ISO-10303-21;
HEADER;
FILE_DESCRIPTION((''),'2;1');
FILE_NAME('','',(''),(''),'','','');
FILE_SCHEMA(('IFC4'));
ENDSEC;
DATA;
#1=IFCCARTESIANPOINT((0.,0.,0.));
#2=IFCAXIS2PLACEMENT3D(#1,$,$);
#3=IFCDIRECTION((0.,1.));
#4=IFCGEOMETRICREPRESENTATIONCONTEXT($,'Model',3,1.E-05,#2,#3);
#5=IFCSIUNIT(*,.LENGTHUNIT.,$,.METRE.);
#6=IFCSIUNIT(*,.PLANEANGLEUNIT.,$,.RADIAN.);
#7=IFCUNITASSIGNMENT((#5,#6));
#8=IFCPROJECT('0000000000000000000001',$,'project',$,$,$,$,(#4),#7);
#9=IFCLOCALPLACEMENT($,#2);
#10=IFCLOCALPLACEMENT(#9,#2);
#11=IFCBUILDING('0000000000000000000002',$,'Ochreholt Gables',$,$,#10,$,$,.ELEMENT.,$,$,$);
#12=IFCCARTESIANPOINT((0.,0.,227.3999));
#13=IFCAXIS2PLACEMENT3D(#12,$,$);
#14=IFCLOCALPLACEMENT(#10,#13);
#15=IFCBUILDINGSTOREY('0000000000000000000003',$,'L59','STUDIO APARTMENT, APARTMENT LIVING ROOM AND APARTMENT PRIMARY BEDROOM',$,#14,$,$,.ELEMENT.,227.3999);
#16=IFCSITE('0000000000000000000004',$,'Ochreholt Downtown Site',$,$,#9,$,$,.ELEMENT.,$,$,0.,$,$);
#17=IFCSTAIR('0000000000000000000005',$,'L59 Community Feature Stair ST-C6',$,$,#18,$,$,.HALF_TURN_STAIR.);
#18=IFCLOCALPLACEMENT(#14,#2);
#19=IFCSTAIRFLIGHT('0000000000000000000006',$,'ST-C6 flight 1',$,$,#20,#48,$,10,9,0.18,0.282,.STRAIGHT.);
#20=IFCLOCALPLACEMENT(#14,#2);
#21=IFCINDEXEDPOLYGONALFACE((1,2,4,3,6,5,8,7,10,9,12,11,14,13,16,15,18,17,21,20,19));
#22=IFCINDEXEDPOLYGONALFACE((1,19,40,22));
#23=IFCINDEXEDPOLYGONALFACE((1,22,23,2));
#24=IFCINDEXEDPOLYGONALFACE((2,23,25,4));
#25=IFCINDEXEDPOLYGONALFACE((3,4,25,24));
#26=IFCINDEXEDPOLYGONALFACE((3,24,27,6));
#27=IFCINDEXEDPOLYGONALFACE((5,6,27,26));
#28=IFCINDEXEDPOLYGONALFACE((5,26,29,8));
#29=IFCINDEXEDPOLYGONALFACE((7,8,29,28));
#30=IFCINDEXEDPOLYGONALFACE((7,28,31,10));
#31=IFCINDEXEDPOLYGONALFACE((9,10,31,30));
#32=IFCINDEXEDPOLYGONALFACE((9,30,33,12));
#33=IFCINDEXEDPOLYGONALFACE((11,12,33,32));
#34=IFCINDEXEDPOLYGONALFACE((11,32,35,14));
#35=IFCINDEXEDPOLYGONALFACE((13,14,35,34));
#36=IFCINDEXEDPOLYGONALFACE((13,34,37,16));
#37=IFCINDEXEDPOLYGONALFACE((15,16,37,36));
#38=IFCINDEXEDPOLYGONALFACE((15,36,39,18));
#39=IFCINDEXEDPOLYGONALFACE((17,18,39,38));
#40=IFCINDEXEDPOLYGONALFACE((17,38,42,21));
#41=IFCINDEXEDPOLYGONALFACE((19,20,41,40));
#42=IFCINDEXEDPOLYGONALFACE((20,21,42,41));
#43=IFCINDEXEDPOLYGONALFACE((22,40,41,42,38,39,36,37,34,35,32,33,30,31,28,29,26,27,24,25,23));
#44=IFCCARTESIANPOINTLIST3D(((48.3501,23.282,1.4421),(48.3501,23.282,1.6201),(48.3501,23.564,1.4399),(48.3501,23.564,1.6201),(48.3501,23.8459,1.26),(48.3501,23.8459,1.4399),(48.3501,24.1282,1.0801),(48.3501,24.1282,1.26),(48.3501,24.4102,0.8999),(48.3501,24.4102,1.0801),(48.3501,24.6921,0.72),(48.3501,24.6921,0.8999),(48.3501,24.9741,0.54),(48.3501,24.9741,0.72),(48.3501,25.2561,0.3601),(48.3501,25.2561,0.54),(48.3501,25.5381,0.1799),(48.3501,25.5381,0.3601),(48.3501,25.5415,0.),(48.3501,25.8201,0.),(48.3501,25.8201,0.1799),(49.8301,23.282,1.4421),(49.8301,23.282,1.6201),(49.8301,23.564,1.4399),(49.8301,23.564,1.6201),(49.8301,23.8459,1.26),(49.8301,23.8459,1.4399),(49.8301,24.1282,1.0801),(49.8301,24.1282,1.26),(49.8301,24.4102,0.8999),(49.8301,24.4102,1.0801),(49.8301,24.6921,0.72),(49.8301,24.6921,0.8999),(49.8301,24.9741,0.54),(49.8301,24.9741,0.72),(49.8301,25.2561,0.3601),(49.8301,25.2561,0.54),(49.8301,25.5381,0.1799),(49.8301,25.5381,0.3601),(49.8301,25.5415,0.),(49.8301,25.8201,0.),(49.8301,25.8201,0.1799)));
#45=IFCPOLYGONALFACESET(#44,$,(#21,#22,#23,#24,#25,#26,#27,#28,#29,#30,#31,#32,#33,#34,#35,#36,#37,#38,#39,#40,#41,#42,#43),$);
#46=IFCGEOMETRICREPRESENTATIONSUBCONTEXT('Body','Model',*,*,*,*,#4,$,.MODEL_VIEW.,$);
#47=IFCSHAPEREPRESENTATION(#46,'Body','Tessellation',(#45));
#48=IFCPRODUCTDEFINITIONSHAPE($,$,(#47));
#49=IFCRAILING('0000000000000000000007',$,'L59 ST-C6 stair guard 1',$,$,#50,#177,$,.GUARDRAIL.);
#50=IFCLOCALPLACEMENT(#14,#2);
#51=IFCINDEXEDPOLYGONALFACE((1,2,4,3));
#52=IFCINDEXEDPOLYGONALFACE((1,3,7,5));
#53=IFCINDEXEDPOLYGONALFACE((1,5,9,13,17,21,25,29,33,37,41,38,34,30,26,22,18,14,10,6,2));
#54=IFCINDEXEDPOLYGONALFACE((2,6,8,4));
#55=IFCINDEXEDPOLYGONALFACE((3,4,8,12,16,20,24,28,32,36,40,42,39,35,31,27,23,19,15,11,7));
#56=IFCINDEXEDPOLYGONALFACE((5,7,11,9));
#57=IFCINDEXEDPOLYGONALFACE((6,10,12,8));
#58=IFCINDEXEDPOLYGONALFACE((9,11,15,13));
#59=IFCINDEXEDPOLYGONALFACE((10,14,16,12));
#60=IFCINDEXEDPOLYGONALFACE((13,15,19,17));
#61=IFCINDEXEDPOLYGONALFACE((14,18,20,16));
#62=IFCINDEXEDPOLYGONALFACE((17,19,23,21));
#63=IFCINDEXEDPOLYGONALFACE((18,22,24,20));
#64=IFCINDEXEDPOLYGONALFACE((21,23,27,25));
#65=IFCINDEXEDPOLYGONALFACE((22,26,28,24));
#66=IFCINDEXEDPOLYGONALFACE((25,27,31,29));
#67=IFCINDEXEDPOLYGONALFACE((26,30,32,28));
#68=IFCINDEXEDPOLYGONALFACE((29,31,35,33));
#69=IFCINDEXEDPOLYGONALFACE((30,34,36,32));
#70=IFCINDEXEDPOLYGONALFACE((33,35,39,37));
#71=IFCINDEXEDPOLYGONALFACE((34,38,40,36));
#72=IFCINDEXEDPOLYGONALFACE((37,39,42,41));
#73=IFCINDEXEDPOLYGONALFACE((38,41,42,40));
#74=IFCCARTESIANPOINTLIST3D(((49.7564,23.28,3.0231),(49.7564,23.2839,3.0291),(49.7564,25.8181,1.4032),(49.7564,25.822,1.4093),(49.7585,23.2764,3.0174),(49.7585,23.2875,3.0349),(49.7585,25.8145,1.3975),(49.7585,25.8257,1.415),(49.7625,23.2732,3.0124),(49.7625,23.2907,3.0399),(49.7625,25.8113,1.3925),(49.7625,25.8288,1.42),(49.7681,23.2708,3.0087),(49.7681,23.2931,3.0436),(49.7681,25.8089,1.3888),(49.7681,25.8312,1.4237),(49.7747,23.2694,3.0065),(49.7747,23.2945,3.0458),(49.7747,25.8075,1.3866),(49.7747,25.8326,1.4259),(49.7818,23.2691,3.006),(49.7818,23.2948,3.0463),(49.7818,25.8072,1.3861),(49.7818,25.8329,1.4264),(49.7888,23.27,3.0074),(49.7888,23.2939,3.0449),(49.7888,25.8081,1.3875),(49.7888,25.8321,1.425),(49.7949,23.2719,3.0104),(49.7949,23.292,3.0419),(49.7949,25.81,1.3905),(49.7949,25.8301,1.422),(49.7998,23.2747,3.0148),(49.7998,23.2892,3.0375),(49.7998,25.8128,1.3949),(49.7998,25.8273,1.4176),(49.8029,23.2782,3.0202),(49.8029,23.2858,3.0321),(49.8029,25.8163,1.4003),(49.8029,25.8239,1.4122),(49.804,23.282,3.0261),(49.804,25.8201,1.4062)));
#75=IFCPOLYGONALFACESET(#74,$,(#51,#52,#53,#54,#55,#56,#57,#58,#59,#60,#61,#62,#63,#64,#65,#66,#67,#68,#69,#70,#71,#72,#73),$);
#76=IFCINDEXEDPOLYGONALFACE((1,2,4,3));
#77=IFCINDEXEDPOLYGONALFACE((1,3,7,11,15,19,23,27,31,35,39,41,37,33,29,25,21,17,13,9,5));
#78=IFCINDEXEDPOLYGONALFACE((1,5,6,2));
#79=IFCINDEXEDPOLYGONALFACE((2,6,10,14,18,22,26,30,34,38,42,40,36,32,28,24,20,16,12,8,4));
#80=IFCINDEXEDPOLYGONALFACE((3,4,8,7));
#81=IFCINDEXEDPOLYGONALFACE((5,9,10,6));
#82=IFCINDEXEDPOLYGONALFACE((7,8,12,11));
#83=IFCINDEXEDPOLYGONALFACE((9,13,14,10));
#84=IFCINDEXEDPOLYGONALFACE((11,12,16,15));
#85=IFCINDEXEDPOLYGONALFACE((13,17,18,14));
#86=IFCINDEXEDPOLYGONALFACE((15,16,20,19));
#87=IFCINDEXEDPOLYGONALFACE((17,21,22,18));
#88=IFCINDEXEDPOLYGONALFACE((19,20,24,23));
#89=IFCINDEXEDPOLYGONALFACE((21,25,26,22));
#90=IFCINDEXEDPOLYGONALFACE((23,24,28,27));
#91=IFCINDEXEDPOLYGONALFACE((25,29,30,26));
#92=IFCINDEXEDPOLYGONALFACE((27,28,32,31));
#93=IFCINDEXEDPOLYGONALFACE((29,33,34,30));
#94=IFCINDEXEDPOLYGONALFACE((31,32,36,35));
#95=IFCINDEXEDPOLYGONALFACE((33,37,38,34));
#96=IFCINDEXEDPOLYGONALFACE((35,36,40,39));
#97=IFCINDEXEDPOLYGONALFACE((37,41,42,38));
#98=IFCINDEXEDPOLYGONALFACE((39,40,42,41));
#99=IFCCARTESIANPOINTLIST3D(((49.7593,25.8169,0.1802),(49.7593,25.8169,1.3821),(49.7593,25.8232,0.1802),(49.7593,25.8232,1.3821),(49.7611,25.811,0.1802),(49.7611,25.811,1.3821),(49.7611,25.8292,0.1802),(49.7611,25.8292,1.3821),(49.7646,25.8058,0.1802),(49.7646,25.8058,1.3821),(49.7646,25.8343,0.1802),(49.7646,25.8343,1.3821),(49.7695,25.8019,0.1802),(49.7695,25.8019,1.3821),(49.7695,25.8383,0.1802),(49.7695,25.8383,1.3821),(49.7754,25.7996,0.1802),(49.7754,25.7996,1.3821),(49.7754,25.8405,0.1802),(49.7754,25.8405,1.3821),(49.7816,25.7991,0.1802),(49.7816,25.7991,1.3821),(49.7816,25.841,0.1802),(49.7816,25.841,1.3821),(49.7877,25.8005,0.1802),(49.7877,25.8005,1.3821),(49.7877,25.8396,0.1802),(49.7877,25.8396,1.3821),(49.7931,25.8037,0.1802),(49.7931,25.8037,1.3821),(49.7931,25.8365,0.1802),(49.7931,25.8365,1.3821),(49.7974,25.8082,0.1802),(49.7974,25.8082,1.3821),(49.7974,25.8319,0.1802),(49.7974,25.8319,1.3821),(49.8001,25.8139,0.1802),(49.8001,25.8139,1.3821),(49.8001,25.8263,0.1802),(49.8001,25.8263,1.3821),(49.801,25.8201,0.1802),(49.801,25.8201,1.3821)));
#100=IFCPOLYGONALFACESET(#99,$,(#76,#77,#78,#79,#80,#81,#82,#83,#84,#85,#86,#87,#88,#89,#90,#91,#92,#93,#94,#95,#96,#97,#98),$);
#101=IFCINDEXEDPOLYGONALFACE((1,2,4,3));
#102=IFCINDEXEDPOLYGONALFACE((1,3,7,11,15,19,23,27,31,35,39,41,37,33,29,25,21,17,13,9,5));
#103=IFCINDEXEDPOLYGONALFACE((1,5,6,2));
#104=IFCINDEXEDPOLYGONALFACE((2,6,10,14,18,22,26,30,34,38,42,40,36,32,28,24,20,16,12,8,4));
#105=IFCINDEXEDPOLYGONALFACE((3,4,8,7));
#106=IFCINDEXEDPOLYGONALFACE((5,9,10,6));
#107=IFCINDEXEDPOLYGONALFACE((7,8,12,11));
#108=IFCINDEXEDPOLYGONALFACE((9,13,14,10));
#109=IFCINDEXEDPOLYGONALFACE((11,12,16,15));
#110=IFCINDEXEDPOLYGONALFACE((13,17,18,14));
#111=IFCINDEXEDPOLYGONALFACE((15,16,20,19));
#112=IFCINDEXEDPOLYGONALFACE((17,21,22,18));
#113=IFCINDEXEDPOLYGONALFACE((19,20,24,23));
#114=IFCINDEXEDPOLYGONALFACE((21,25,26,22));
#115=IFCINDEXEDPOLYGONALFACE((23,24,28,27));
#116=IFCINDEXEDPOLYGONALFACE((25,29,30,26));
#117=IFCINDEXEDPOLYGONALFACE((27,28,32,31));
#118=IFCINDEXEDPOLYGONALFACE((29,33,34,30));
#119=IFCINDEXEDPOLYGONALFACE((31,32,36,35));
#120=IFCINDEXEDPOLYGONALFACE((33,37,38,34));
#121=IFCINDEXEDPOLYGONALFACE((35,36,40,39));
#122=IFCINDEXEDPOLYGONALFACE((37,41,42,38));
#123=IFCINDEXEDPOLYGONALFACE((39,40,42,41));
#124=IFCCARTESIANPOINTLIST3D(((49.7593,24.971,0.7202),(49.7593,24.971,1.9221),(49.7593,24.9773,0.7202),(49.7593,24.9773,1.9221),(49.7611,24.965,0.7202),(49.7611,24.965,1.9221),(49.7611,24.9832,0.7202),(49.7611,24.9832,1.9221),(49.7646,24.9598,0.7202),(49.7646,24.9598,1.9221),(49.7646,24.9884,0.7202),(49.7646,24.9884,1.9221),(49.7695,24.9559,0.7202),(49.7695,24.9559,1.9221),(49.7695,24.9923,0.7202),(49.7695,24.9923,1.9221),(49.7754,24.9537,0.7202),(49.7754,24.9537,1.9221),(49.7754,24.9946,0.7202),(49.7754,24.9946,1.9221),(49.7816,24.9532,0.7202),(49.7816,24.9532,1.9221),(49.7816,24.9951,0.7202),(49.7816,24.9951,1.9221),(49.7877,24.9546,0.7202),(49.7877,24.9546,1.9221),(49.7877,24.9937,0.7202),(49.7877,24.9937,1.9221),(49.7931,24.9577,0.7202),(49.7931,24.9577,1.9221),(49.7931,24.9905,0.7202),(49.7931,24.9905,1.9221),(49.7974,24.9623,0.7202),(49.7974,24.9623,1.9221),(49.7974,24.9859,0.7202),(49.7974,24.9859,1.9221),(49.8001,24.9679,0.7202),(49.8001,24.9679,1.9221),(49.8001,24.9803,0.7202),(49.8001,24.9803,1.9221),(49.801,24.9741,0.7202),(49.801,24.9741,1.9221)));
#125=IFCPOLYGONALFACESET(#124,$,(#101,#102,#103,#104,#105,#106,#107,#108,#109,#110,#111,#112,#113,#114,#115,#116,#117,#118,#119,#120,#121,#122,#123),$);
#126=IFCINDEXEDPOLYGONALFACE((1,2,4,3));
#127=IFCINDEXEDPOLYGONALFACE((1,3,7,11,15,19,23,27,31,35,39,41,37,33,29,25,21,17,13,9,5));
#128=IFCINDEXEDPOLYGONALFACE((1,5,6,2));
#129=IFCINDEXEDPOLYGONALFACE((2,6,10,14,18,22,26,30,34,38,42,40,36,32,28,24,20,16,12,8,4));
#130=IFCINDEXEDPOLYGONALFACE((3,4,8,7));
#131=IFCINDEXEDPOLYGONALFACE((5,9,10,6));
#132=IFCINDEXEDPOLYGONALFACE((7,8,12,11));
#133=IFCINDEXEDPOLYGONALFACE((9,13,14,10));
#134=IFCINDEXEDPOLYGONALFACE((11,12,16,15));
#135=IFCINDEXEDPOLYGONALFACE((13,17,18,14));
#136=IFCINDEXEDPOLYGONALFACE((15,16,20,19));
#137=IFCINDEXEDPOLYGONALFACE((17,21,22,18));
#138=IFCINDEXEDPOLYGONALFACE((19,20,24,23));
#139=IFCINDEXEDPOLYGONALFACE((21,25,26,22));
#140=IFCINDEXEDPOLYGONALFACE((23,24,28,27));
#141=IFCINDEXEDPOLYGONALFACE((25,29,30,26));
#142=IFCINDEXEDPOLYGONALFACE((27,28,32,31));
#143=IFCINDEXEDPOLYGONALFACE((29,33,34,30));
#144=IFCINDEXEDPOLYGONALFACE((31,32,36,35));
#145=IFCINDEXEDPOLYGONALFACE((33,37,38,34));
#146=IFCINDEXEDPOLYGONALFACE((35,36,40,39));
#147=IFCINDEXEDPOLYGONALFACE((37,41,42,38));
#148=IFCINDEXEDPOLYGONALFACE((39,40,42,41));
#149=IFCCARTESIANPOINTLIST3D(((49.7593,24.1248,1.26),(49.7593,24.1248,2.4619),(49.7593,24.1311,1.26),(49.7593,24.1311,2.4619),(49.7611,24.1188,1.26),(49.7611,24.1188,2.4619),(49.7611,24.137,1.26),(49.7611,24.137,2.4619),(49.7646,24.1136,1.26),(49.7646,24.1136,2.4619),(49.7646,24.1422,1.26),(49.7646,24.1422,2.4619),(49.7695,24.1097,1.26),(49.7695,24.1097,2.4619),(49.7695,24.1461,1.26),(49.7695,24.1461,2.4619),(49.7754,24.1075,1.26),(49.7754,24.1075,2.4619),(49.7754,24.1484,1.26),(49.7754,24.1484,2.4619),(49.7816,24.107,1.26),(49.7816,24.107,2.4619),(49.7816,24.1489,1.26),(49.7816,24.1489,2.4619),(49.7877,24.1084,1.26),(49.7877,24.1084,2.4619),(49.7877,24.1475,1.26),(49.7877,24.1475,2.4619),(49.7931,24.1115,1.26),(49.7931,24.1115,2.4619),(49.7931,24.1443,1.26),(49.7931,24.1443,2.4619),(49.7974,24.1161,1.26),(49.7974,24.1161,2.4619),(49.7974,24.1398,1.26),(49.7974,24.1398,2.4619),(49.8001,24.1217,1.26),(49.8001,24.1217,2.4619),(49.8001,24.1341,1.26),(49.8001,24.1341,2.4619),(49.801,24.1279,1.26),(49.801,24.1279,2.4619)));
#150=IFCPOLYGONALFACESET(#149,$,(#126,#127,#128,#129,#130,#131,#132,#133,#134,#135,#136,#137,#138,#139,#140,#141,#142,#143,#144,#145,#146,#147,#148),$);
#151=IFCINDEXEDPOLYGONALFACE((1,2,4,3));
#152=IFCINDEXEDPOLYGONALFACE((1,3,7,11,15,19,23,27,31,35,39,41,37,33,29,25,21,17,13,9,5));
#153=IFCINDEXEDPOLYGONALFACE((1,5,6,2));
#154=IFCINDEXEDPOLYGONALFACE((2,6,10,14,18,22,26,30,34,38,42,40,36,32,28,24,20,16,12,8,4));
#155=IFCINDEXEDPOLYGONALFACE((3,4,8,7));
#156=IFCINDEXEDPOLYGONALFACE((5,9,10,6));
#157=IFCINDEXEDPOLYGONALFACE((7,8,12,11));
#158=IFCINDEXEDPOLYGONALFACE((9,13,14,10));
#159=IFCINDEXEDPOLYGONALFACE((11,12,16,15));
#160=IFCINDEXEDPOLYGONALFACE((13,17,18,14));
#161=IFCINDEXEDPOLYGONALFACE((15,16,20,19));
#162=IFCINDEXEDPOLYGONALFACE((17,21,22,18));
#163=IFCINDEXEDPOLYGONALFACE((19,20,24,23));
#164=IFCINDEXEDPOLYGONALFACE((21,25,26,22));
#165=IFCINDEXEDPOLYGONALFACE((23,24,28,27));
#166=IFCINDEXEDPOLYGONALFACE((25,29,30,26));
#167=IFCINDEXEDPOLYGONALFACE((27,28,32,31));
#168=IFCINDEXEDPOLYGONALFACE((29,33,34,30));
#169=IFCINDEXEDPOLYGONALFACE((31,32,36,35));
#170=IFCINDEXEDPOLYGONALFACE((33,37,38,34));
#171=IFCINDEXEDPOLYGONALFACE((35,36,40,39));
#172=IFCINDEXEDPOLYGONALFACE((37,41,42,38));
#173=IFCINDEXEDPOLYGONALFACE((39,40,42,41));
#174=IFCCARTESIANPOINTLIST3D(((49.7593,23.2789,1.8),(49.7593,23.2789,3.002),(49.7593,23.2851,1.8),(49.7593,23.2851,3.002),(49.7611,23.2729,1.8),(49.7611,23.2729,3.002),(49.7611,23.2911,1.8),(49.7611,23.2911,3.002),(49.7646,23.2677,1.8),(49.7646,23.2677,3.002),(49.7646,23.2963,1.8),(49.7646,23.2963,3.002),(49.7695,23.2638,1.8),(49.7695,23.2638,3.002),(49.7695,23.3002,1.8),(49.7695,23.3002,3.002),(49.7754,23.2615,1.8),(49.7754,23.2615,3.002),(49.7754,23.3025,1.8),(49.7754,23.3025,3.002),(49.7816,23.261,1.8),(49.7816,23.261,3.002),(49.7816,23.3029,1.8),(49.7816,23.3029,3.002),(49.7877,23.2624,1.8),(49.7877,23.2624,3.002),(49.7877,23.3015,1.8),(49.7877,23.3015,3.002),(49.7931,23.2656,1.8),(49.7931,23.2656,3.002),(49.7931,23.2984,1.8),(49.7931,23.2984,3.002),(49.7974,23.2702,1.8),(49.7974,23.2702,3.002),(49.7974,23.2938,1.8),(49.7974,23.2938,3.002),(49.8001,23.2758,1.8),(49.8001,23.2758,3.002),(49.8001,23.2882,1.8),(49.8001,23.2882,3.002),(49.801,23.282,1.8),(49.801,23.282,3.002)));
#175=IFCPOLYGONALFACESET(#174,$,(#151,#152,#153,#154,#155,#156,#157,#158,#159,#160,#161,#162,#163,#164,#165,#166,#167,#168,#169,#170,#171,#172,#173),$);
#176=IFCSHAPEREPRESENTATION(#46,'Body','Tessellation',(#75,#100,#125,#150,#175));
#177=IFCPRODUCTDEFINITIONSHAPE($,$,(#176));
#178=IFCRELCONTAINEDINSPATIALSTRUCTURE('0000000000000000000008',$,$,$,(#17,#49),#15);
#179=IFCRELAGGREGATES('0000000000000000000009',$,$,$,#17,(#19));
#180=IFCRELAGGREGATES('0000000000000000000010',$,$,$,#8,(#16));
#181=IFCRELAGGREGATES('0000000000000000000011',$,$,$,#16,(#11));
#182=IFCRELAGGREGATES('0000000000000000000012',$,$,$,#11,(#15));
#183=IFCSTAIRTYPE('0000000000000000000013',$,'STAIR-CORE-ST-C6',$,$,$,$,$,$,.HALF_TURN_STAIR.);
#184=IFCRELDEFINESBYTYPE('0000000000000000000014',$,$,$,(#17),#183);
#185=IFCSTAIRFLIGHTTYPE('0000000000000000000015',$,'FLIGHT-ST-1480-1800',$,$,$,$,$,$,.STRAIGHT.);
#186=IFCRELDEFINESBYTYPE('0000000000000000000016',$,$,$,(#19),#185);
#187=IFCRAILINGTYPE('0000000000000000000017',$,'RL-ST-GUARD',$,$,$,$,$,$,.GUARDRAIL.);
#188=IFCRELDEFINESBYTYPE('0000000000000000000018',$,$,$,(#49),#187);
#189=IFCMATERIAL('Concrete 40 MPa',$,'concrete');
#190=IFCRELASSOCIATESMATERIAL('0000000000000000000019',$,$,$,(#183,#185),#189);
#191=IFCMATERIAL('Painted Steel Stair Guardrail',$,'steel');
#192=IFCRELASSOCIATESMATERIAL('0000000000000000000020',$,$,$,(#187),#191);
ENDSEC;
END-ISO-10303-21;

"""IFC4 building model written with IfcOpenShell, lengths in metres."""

from ifc_helpers import new_model, si_unit, direction, frame, origin, origin_2d, place, context, subcontext, project, spatial, polyline, circle, outline, extrude, material, type_object, element, aggregate, save


model = new_model("IFC4")

# Units and contexts
model_context = context("Model", 3, precision=1e-05, world=origin(), true_north=direction((0.0, 1.0)))
body_context = subcontext(model_context, "Body", "Model", "MODEL_VIEW")
ifc_project = project(units=[si_unit("LENGTHUNIT", "METRE"), si_unit("PLANEANGLEUNIT", "RADIAN")], contexts=[model_context])

# Site, building, storey
site_placement = place(None, origin())
site = spatial("IfcSite", under=ifc_project, at=site_placement, Name="Ochreholt Downtown Site", CompositionType="ELEMENT", RefElevation=0.0)
building_placement = place(site_placement, origin())
building = spatial("IfcBuilding", under=site, at=building_placement, Name="Ochreholt Gables", CompositionType="ELEMENT")
storey_placement = place(building_placement, frame((0.0, 0.0, 227.3999)))
storey = spatial("IfcBuildingStorey", under=building, at=storey_placement, Name="L59", Description="STUDIO APARTMENT, APARTMENT LIVING ROOM AND APARTMENT PRIMARY BEDROOM", CompositionType="ELEMENT", Elevation=227.3999)

# Stair, stair flight
ifc_material_1 = material(Name="Concrete 40 MPa", Category="concrete")
stair_type = type_object("IfcStairType", Name="STAIR-CORE-ST-C6", PredefinedType="HALF_TURN_STAIR", material=ifc_material_1)
stair_placement = place(storey_placement, origin())
stair = element("IfcStair", 1, at=stair_placement, inside=storey, type_object=stair_type, Name="L59 Community Feature Stair ST-C6", PredefinedType="HALF_TURN_STAIR")
stair_flight_type = type_object("IfcStairFlightType", Name="FLIGHT-ST-1480-1800", PredefinedType="STRAIGHT", material=ifc_material_1)
stair_flight_placement = place(storey_placement, frame((49.0901, 25.8201, 0.0), z_axis=(0.0, 0.0, 1.0), x_axis=(0.0, -1.0, 0.0)))
stair_flight = element("IfcStairFlight", 2, at=stair_flight_placement, type_object=stair_flight_type, Name="ST-C6 flight 1", NumberOfRisers=10, NumberOfTreads=9, PredefinedType="STRAIGHT", RiserHeight=0.18, TreadLength=0.282, context=body_context, shape_type="SweptSolid", body=[
    extrude(outline(polyline([(0.0, 0.0), (0.0, 0.1799), (0.282, 0.1799), (0.282, 0.3601), (0.564, 0.3601), (0.564, 0.54), (0.8459, 0.54), (0.8459, 0.72), (1.1279, 0.72), (1.1279, 0.8999), (1.4099, 0.8999), (1.4099, 1.0801), (1.6919, 1.0801), (1.6919, 1.26), (1.9741, 1.26), (1.9741, 1.4399), (2.2561, 1.4399), (2.2561, 1.6201), (2.5381, 1.6201), (2.5381, 1.8), (2.5381, 1.4421), (0.2786, 0.0), (0.0, 0.0)])), frame((0.0, 0.74, 0.0), z_axis=(0.0, -1.0, 0.0), x_axis=(1.0, 0.0, 0.0)), (0.0, 0.0, 1.0), 1.48),
])
aggregate(stair, [stair_flight])

# Railing
ifc_material_2 = material(Name="Painted Steel Stair Guardrail", Category="steel")
railing_type_1 = type_object("IfcRailingType", Name="RL-ST-GUARD", PredefinedType="GUARDRAIL", material=ifc_material_2)
railing_1_placement = place(storey_placement, frame((49.78, 25.8201, 0.1802)))
element("IfcRailing", 3, at=railing_1_placement, inside=storey, type_object=railing_type_1, Name="L59 ST-C6 stair guard 1", PredefinedType="GUARDRAIL", context=body_context, shape_type="SweptSolid", body=[
    extrude(circle(Radius=0.0239, at=origin_2d()), frame((0.0, 0.0, 1.2261), z_axis=(0.0, -0.84295, 0.537993), x_axis=(1.0, 0.0, 0.0)), (0.0, 0.0, 1.0), 3.011),
    extrude(circle(Radius=0.021, at=origin_2d()), origin(), (0.0, 0.0, 1.0), 1.2019),
    extrude(circle(Radius=0.021, at=origin_2d()), frame((0.0, -0.8459, 0.54)), (0.0, 0.0, 1.0), 1.2019),
    extrude(circle(Radius=0.021, at=origin_2d()), frame((0.0, -1.6921, 1.0798)), (0.0, 0.0, 1.0), 1.2019),
    extrude(circle(Radius=0.021, at=origin_2d()), frame((0.0, -2.5381, 1.6199)), (0.0, 0.0, 1.0), 1.2019),
])

save(model, "model.ifc")
